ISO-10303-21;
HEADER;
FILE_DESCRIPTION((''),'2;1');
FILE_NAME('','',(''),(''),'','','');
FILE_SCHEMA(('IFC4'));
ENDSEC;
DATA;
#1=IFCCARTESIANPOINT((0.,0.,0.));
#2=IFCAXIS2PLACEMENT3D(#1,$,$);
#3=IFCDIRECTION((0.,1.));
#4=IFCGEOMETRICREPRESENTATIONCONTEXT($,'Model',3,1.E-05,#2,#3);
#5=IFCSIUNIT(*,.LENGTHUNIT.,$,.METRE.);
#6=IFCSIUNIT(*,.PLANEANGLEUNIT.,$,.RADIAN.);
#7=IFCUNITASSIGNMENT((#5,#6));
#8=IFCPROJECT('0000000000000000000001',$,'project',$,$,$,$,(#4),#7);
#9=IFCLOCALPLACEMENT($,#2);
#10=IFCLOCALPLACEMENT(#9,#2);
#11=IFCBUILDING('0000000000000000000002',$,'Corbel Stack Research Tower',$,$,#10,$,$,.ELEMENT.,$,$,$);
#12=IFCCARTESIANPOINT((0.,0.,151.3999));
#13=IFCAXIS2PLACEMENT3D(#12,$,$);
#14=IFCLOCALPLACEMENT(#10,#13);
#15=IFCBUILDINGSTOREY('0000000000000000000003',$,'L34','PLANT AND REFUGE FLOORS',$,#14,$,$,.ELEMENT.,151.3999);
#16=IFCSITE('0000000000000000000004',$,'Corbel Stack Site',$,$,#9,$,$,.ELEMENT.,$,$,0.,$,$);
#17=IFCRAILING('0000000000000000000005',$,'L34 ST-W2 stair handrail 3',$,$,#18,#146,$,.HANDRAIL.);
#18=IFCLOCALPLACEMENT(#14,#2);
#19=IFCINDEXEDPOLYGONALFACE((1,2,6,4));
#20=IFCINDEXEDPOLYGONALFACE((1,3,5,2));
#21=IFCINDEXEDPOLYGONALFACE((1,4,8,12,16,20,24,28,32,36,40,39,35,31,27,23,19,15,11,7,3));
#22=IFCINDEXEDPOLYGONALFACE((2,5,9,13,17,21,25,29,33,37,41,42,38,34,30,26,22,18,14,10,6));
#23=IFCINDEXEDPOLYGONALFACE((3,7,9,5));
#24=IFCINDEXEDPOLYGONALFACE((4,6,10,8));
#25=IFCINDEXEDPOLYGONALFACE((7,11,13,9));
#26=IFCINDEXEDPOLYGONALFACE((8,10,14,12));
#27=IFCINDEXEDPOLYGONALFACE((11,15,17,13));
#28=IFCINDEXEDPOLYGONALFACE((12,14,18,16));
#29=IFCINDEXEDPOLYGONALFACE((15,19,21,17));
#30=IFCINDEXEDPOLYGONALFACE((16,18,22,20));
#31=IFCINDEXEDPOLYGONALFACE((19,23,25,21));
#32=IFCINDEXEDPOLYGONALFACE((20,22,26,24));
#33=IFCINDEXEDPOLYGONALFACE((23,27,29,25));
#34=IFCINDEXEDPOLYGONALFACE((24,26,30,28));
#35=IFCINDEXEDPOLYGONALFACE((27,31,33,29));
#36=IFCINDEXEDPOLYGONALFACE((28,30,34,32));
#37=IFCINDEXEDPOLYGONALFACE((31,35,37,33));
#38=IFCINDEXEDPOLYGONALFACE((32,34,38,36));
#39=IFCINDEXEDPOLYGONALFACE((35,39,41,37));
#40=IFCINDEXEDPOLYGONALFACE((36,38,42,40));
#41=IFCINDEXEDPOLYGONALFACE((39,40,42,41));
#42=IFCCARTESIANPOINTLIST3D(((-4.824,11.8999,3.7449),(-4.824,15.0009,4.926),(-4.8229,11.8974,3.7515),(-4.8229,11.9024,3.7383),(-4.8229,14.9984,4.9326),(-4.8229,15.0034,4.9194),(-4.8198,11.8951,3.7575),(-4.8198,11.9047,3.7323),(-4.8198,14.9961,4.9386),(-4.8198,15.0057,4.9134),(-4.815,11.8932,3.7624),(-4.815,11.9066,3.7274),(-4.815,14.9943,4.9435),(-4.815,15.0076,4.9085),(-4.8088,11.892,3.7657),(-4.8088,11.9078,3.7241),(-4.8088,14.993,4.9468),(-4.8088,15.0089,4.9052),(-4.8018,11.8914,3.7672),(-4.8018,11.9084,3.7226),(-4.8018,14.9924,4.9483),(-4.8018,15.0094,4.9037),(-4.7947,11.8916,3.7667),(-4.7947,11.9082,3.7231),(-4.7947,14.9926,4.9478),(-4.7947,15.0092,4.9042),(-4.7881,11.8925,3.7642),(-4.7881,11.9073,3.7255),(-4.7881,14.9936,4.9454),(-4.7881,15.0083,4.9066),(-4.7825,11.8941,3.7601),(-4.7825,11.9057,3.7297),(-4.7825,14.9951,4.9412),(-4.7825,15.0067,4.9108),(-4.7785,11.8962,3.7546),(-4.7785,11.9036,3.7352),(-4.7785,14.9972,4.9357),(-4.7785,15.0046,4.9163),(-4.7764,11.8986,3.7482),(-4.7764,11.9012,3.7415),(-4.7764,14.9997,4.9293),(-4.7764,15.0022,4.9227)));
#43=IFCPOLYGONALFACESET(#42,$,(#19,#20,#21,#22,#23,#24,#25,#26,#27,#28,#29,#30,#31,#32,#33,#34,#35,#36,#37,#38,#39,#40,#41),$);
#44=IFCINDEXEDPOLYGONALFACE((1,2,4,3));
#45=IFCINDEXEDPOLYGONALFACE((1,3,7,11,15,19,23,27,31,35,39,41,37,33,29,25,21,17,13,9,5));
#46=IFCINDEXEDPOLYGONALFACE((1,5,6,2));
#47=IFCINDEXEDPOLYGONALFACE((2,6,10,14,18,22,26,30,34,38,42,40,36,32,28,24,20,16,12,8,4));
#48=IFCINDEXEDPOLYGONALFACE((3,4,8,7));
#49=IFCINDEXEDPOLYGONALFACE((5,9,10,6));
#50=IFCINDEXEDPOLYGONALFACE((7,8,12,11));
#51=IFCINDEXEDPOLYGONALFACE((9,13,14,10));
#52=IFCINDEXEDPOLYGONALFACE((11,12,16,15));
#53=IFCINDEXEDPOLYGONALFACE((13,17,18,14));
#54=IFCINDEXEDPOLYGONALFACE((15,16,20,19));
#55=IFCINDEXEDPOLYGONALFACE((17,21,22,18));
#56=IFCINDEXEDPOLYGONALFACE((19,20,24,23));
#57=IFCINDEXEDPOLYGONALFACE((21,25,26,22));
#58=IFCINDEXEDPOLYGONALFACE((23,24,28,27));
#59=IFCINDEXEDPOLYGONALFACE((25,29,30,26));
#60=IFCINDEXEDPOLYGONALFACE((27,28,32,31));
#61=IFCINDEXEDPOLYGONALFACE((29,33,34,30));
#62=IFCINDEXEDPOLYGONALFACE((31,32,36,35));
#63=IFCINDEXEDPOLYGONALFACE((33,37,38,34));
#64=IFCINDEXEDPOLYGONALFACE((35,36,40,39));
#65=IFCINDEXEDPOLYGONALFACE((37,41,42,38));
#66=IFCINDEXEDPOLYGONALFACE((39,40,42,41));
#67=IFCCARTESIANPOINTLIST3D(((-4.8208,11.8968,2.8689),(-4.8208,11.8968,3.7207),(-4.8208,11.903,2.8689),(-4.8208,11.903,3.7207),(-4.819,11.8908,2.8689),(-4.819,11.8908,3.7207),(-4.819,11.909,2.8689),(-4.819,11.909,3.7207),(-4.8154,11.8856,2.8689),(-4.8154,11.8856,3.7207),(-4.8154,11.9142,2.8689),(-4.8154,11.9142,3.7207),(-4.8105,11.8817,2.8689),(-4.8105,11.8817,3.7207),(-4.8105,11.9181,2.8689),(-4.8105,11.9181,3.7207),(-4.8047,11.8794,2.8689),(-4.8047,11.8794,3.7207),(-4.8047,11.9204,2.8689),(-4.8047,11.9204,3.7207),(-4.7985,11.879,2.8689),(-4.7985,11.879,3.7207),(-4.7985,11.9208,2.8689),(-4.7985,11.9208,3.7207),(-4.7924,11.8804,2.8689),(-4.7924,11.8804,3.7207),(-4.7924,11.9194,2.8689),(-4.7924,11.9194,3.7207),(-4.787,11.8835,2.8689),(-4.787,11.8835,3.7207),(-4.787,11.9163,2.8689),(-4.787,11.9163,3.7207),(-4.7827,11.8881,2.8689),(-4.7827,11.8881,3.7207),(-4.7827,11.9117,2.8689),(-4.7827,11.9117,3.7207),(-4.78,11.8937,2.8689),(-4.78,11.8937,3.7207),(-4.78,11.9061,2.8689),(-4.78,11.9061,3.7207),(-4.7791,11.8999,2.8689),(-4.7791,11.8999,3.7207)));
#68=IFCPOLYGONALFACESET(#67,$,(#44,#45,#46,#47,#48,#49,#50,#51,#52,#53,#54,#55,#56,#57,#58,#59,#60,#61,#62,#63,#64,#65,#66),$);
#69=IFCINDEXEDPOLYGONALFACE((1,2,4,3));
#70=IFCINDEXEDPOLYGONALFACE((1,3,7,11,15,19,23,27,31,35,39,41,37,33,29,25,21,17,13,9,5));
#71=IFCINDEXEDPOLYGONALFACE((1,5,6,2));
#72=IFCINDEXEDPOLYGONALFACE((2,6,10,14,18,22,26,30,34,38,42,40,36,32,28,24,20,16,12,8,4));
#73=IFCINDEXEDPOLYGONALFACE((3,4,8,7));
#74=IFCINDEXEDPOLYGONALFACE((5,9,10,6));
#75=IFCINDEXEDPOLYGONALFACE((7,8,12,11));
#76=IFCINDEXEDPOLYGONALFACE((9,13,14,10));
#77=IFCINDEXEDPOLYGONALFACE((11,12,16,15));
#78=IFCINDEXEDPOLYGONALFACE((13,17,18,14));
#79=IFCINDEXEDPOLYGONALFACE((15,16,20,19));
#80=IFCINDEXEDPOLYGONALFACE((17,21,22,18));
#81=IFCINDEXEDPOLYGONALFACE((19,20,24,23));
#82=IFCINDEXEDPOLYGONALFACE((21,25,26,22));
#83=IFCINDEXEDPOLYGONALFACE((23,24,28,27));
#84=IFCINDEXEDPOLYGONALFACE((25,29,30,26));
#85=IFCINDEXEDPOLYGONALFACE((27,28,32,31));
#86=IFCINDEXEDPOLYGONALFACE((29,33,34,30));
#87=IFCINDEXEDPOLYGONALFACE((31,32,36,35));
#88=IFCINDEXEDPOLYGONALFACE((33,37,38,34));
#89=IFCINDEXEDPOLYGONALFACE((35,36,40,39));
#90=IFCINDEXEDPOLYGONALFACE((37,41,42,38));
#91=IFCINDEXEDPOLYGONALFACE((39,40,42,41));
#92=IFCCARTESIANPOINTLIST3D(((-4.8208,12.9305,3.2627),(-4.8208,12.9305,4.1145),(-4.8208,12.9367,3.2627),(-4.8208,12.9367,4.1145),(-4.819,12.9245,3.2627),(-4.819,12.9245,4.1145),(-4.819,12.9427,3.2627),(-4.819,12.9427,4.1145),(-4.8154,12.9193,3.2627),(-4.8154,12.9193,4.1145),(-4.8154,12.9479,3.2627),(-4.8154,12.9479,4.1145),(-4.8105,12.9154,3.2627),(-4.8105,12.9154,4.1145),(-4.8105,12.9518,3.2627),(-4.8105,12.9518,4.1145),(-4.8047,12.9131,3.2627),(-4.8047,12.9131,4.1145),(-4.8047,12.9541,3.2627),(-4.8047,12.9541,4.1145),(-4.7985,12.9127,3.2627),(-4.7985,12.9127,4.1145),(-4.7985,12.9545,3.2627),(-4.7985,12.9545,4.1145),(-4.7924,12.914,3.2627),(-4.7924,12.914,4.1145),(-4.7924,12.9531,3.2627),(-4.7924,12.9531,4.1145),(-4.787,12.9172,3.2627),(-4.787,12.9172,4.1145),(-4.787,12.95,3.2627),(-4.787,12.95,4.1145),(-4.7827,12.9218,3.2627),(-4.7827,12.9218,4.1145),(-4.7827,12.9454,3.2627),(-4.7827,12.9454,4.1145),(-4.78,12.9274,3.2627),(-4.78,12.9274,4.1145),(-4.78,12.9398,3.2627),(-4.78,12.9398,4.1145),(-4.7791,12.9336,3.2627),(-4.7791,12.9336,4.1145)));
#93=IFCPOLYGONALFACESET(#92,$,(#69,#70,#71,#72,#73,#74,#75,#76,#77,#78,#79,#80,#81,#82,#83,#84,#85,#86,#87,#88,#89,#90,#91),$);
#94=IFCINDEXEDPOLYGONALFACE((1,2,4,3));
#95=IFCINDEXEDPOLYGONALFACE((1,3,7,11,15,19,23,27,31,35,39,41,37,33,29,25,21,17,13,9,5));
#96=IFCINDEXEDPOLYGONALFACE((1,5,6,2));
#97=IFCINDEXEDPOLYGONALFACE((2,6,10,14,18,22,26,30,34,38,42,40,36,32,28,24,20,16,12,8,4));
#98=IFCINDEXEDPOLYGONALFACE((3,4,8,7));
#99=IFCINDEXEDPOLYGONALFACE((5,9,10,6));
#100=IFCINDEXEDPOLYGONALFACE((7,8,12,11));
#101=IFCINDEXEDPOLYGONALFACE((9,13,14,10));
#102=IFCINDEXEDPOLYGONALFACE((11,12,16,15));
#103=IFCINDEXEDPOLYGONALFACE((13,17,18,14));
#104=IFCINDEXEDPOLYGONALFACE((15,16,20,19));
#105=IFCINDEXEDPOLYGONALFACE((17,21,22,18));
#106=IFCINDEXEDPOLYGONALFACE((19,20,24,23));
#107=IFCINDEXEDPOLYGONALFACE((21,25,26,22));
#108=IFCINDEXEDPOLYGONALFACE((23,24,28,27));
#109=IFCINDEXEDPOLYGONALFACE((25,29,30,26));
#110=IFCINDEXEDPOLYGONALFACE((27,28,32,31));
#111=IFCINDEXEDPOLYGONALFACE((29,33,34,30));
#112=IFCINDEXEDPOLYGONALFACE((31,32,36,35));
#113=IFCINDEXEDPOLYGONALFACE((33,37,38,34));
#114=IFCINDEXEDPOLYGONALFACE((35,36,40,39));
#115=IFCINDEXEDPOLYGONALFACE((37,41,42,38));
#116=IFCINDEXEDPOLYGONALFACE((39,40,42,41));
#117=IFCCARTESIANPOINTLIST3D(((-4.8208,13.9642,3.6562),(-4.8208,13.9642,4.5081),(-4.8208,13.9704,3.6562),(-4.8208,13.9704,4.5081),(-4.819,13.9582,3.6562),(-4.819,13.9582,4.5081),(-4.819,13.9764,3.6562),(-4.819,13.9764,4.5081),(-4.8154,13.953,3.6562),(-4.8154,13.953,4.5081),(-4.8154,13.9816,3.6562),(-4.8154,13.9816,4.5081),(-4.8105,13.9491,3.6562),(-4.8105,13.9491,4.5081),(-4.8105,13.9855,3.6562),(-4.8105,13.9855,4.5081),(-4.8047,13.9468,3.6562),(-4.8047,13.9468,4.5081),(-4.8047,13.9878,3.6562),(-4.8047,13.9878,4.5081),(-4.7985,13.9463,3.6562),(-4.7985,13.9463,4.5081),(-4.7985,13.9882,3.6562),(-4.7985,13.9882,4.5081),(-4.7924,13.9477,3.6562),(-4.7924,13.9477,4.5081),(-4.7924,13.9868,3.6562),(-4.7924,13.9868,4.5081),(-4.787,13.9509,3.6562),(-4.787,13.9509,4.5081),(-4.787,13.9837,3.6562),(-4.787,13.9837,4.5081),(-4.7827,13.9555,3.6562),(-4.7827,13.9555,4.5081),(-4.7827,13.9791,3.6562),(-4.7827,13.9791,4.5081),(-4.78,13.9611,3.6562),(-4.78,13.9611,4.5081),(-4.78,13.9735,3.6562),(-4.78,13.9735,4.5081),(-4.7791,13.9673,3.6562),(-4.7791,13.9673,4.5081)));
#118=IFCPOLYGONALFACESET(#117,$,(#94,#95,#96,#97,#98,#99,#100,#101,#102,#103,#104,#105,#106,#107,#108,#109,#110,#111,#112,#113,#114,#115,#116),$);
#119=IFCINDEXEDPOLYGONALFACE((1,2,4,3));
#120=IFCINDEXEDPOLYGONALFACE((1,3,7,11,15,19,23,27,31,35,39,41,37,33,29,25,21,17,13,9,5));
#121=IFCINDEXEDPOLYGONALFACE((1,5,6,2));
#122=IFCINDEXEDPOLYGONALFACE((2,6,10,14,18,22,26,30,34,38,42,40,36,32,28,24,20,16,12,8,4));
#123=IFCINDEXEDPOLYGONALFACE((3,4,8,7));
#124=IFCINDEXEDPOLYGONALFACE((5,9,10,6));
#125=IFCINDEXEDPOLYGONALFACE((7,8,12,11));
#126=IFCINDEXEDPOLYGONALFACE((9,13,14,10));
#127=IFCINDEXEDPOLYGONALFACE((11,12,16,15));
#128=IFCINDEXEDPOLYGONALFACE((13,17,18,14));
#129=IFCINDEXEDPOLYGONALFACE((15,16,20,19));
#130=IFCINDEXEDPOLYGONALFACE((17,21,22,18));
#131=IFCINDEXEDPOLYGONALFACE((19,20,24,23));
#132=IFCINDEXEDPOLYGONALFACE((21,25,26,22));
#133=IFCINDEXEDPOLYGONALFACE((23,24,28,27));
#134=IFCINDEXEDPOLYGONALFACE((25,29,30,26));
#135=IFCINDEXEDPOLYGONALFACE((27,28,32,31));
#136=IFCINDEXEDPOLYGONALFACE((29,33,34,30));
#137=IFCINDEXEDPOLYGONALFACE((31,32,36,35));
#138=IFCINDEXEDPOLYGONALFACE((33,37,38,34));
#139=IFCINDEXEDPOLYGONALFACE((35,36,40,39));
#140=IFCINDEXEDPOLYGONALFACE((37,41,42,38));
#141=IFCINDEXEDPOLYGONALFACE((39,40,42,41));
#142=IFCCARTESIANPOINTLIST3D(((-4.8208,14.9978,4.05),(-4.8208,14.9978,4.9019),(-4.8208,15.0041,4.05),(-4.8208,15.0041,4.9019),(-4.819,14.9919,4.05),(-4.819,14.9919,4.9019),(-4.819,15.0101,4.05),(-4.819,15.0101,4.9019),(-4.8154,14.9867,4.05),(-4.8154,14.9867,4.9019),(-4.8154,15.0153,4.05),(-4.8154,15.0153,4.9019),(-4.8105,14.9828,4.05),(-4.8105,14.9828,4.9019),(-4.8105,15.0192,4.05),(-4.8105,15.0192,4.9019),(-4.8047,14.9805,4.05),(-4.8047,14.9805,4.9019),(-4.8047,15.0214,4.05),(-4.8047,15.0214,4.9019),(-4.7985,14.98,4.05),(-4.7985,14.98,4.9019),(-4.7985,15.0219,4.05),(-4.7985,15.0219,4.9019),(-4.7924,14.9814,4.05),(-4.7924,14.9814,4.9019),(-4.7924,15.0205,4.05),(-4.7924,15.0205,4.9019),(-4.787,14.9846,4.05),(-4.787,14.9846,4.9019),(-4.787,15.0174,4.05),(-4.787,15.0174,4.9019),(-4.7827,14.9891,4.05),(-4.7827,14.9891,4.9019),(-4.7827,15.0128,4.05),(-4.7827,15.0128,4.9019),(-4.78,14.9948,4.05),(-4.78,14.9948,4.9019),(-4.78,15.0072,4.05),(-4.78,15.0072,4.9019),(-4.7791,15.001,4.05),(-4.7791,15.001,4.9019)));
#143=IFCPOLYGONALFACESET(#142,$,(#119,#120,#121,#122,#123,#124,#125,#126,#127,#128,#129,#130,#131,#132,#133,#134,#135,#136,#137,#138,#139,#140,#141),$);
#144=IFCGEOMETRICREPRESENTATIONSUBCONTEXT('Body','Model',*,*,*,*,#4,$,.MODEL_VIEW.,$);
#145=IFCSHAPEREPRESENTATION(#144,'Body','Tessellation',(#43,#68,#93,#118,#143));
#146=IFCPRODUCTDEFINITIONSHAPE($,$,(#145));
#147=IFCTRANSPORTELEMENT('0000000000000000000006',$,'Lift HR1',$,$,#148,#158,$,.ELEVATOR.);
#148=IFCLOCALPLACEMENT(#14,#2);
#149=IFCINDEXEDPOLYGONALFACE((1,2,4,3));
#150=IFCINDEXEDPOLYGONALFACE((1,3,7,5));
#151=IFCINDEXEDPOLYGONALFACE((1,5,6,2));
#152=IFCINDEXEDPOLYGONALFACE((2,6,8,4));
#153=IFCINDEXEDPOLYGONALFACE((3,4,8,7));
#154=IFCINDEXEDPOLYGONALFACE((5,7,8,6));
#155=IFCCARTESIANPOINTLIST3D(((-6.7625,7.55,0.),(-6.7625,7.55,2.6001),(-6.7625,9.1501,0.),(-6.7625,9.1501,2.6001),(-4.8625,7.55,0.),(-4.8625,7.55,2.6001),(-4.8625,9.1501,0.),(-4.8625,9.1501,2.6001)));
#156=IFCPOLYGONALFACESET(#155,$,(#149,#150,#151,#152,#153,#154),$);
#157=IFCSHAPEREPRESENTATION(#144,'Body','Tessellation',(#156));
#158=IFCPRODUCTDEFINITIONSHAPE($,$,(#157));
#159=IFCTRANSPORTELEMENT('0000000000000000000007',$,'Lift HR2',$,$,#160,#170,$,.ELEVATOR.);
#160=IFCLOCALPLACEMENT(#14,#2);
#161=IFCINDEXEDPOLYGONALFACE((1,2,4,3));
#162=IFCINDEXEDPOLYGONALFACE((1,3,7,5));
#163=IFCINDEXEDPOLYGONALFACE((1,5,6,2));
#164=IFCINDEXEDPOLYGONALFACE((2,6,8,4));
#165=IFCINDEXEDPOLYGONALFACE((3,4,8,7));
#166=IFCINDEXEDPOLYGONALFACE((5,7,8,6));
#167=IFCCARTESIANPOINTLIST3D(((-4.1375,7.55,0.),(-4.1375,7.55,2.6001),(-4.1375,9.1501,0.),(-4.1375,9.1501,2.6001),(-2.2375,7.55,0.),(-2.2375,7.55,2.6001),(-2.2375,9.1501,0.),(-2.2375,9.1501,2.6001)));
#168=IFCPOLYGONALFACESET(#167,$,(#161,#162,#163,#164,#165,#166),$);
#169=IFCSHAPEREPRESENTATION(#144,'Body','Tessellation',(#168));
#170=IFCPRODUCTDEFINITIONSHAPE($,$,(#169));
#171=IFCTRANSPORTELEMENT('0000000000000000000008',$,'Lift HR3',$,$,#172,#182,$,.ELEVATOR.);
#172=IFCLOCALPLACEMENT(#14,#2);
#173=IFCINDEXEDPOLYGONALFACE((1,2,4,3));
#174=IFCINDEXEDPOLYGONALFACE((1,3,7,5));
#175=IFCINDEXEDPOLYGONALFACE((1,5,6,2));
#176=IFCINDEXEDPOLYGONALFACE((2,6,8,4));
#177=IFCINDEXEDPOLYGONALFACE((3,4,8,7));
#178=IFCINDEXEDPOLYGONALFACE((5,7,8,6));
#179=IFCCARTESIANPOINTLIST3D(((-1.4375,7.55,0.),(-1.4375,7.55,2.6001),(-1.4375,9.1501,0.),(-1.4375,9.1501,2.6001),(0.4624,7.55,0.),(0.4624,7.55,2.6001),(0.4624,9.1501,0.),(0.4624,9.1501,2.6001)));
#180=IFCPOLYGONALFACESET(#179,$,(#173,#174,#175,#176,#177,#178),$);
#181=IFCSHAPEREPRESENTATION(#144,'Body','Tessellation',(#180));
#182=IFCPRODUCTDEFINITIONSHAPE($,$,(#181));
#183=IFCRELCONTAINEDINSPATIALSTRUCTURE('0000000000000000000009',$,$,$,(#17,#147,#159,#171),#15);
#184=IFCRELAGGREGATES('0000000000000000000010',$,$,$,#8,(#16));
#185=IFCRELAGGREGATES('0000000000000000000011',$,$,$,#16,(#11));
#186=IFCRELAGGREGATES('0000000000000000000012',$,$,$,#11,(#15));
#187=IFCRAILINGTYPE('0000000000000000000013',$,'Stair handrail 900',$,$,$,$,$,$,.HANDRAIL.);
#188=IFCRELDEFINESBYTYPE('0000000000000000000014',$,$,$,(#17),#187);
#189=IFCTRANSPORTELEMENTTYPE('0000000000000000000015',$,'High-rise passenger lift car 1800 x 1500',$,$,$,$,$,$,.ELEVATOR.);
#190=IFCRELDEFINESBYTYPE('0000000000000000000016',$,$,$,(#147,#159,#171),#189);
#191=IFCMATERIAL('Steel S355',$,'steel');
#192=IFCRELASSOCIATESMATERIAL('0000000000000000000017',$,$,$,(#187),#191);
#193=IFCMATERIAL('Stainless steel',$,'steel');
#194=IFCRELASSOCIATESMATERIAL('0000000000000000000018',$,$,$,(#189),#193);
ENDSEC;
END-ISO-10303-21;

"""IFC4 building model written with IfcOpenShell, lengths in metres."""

from ifc_helpers import new_model, si_unit, direction, frame, origin, origin_2d, place, context, subcontext, project, spatial, rectangle, circle, extrude, material, type_object, element, save


model = new_model("IFC4")

# Units and contexts
model_context = context("Model", 3, precision=1e-05, world=origin(), true_north=direction((0.0, 1.0)))
body_context = subcontext(model_context, "Body", "Model", "MODEL_VIEW")
ifc_project = project(units=[si_unit("LENGTHUNIT", "METRE"), si_unit("PLANEANGLEUNIT", "RADIAN")], contexts=[model_context])

# Site, building, storey
site_placement = place(None, origin())
site = spatial("IfcSite", under=ifc_project, at=site_placement, Name="Corbel Stack Site", CompositionType="ELEMENT", RefElevation=0.0)
building_placement = place(site_placement, origin())
building = spatial("IfcBuilding", under=site, at=building_placement, Name="Corbel Stack Research Tower", CompositionType="ELEMENT")
storey_placement = place(building_placement, frame((0.0, 0.0, 151.3999)))
storey = spatial("IfcBuildingStorey", under=building, at=storey_placement, Name="L34", Description="PLANT AND REFUGE FLOORS", CompositionType="ELEMENT", Elevation=151.3999)

# Railing
ifc_material_1 = material(Name="Steel S355", Category="steel")
railing_type_1 = type_object("IfcRailingType", Name="Stair handrail 900", PredefinedType="HANDRAIL", material=ifc_material_1)
for number, where, name in (
    (1, (-4.8, 11.8999, 2.8689), "L34 ST-W2 stair handrail 3"),
):
    element("IfcRailing", number, at=place(storey_placement, frame(where)), inside=storey, type_object=railing_type_1, Name=name, PredefinedType="HANDRAIL", context=body_context, shape_type="SweptSolid", body=[
        extrude(circle(Radius=0.0239, at=origin_2d()), frame((0.0, 0.0, 0.876), z_axis=(0.0, 0.934509, 0.35594), x_axis=(-1.0, 0.0, 0.0)), (0.0, 0.0, 1.0), 3.3184),
        extrude(circle(Radius=0.021, at=origin_2d()), origin(), (0.0, 0.0, 1.0), 0.8518),
        extrude(circle(Radius=0.021, at=origin_2d()), frame((0.0, 1.0337, 0.3938)), (0.0, 0.0, 1.0), 0.8518),
        extrude(circle(Radius=0.021, at=origin_2d()), frame((0.0, 2.0674, 0.7874)), (0.0, 0.0, 1.0), 0.8518),
        extrude(circle(Radius=0.021, at=origin_2d()), frame((0.0, 3.1011, 1.1812)), (0.0, 0.0, 1.0), 0.8518),
    ])

# Transport elements
ifc_material_2 = material(Name="Stainless steel", Category="steel")
transport_element_type = type_object("IfcTransportElementType", Name="High-rise passenger lift car 1800 x 1500", PredefinedType="ELEVATOR", material=ifc_material_2)
for number, where, z_axis, x_axis, name in (
    (2, (-5.8125, 8.3501, 0.0), (0.0, 0.0, 1.0), (1.0, 0.0, 0.0), "Lift HR1"),
    (3, (-3.1875, 8.3501, 0.0), (0.0, 0.0, 1.0), (1.0, 0.0, 0.0), "Lift HR2"),
    (4, (-0.4875, 8.3501, 0.0), (0.0, 0.0, 1.0), (1.0, 0.0, 0.0), "Lift HR3"),
):
    element("IfcTransportElement", number, at=place(storey_placement, frame(where, z_axis=z_axis, x_axis=x_axis)), inside=storey, type_object=transport_element_type, Name=name, PredefinedType="ELEVATOR", context=body_context, shape_type="SweptSolid", body=[
        extrude(rectangle(XDim=1.8999, YDim=1.6001, at=origin_2d()), origin(), (0.0, 0.0, 1.0), 2.6001),
    ])

save(model, "model.ifc")
